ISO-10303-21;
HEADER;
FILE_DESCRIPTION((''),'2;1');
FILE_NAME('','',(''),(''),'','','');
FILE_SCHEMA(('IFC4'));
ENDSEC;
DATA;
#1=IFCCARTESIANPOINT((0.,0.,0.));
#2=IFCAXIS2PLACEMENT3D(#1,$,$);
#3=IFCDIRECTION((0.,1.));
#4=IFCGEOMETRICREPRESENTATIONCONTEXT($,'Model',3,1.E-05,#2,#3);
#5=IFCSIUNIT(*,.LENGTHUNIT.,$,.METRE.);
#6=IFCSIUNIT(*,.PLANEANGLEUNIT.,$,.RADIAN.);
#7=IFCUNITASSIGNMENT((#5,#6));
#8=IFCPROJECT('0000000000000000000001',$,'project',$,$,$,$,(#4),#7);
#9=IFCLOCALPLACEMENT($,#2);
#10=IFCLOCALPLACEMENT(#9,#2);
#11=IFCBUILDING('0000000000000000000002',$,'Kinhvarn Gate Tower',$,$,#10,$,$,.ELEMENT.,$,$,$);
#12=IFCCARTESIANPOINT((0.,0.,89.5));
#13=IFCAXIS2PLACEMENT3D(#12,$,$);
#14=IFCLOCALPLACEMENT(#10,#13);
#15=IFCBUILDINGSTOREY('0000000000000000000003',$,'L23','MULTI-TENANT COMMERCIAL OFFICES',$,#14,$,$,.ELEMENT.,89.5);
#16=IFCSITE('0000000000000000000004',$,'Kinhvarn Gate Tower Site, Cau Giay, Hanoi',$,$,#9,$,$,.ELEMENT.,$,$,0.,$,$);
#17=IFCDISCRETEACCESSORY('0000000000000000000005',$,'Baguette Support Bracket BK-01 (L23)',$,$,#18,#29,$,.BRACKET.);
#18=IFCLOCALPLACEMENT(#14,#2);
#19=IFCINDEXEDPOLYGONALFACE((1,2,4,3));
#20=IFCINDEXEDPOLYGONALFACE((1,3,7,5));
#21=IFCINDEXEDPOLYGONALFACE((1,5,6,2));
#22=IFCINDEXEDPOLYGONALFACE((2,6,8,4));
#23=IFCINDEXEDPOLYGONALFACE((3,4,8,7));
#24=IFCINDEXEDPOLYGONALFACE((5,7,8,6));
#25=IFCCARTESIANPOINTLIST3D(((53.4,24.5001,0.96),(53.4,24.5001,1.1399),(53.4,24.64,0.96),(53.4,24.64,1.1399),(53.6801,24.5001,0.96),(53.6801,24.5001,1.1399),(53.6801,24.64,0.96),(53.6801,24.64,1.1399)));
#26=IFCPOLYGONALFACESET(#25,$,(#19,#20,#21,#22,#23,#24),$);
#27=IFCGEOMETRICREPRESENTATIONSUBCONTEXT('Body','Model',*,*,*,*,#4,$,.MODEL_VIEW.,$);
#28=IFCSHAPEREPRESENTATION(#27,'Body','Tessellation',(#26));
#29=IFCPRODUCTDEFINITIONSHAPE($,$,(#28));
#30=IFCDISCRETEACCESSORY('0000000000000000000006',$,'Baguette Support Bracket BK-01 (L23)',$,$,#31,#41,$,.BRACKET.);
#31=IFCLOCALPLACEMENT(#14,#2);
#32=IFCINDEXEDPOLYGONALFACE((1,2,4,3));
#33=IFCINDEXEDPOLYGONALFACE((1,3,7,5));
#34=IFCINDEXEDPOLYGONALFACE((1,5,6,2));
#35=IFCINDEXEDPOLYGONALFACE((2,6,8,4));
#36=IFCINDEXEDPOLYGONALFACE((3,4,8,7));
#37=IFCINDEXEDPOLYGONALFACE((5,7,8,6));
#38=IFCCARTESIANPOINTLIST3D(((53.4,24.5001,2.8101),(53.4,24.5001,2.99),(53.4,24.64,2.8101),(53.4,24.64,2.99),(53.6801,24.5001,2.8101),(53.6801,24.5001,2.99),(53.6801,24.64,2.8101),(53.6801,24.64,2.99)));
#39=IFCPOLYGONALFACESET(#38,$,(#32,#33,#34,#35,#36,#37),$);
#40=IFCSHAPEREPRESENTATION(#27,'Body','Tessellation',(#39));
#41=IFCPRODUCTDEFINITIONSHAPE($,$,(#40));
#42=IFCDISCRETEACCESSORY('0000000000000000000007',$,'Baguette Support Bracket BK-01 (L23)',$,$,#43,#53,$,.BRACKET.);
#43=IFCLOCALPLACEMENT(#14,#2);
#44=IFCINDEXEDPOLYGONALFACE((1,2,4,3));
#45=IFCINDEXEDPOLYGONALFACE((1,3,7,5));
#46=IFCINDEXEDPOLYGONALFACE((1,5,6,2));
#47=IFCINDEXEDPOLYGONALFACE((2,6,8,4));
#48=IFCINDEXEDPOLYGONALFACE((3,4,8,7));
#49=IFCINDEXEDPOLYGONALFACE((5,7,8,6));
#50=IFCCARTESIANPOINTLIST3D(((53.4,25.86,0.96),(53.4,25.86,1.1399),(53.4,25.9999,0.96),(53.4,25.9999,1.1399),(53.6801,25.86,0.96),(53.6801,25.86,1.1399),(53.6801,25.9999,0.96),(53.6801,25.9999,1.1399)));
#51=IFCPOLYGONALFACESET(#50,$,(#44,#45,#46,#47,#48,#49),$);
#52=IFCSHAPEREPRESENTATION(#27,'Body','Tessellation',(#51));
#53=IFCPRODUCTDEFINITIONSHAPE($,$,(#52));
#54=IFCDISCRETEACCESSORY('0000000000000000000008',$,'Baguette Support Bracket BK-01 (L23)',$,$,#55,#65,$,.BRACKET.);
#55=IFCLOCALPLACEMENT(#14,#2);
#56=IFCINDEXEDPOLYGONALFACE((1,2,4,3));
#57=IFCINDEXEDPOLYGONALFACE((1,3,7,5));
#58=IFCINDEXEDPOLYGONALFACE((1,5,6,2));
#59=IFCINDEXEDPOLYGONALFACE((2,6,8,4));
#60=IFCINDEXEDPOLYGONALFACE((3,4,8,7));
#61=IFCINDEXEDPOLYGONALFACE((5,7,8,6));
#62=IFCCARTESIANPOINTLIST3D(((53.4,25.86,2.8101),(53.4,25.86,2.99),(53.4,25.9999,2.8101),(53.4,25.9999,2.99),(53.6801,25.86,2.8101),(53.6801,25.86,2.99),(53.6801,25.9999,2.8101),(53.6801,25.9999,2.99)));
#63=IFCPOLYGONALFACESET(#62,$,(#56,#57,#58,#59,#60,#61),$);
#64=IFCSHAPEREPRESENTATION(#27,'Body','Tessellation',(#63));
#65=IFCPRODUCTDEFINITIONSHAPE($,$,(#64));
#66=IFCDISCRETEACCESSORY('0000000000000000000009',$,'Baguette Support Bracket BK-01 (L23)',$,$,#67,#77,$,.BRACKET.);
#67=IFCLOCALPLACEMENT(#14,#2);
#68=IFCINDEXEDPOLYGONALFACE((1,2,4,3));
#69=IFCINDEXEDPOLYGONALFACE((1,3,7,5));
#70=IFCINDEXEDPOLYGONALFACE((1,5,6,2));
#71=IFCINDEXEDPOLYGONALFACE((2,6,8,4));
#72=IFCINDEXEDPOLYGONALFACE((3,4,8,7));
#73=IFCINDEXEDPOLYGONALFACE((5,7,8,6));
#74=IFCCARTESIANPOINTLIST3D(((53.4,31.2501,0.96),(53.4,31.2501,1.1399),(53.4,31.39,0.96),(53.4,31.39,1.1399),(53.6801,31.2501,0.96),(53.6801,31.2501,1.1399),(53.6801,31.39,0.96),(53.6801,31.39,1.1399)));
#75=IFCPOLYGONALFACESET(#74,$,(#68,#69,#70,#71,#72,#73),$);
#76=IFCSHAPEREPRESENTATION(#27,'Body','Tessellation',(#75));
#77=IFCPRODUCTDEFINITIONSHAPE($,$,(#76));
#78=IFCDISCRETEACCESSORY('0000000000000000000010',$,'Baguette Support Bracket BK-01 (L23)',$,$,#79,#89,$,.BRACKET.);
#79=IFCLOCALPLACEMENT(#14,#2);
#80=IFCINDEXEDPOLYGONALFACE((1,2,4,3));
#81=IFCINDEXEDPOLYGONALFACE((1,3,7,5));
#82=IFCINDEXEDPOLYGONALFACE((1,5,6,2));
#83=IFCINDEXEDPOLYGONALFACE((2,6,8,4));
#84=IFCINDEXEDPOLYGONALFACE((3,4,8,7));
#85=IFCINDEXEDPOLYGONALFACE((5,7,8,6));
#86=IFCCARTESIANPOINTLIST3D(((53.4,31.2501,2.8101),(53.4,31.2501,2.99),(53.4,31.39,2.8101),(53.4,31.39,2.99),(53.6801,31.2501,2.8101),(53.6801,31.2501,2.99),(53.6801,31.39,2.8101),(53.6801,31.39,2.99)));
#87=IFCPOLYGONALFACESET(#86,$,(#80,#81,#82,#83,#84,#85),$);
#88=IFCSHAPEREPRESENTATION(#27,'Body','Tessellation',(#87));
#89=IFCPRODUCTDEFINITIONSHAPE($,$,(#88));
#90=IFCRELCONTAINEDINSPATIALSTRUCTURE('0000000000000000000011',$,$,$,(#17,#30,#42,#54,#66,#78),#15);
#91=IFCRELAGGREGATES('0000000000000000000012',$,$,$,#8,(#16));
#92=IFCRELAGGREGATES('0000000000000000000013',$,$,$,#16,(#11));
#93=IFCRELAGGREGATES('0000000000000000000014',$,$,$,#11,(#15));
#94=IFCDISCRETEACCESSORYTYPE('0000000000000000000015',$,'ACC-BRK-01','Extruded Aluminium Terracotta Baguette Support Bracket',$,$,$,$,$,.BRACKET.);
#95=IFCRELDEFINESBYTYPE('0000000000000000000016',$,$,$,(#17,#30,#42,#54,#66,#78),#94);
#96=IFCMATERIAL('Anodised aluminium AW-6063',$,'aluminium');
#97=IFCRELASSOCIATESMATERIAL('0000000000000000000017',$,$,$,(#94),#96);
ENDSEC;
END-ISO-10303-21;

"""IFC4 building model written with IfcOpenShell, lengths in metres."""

from ifc_helpers import new_model, si_unit, direction, frame, origin, origin_2d, place, context, subcontext, project, spatial, rectangle, extrude, material, type_object, element, save


model = new_model("IFC4")

# Units and contexts
model_context = context("Model", 3, precision=1e-05, world=origin(), true_north=direction((0.0, 1.0)))
body_context = subcontext(model_context, "Body", "Model", "MODEL_VIEW")
ifc_project = project(units=[si_unit("LENGTHUNIT", "METRE"), si_unit("PLANEANGLEUNIT", "RADIAN")], contexts=[model_context])

# Site, building, storey
site_placement = place(None, origin())
site = spatial("IfcSite", under=ifc_project, at=site_placement, Name="Kinhvarn Gate Tower Site, Cau Giay, Hanoi", CompositionType="ELEMENT", RefElevation=0.0)
building_placement = place(site_placement, origin())
building = spatial("IfcBuilding", under=site, at=building_placement, Name="Kinhvarn Gate Tower", CompositionType="ELEMENT")
storey_placement = place(building_placement, frame((0.0, 0.0, 89.5)))
storey = spatial("IfcBuildingStorey", under=building, at=storey_placement, Name="L23", Description="MULTI-TENANT COMMERCIAL OFFICES", CompositionType="ELEMENT", Elevation=89.5)

# Shared definitions
ifc_material_1 = material(Name="Anodised aluminium AW-6063", Category="aluminium")

# Discrete accessories
discrete_accessory_type = type_object("IfcDiscreteAccessoryType", Name="ACC-BRK-01", Description="Extruded Aluminium Terracotta Baguette Support Bracket", PredefinedType="BRACKET", material=ifc_material_1)
for number, where, z_axis, x_axis, name in (
    (1, (53.54, 24.5701, 0.96), (0.0, 0.0, 1.0), (0.0, 1.0, 0.0), "Baguette Support Bracket BK-01 (L23)"),
    (2, (53.54, 24.5701, 2.8101), (0.0, 0.0, 1.0), (0.0, 1.0, 0.0), "Baguette Support Bracket BK-01 (L23)"),
    (3, (53.54, 25.9299, 0.96), (0.0, 0.0, 1.0), (0.0, 1.0, 0.0), "Baguette Support Bracket BK-01 (L23)"),
    (4, (53.54, 25.9299, 2.8101), (0.0, 0.0, 1.0), (0.0, 1.0, 0.0), "Baguette Support Bracket BK-01 (L23)"),
    (5, (53.54, 31.3201, 0.96), (0.0, 0.0, 1.0), (0.0, 1.0, 0.0), "Baguette Support Bracket BK-01 (L23)"),
    (6, (53.54, 31.3201, 2.8101), (0.0, 0.0, 1.0), (0.0, 1.0, 0.0), "Baguette Support Bracket BK-01 (L23)"),
):
    element("IfcDiscreteAccessory", number, at=place(storey_placement, frame(where, z_axis=z_axis, x_axis=x_axis)), inside=storey, type_object=discrete_accessory_type, Name=name, PredefinedType="BRACKET", context=body_context, shape_type="SweptSolid", body=[
        extrude(rectangle(XDim=0.1399, YDim=0.28, at=origin_2d()), origin(), (0.0, 0.0, 1.0), 0.1799),
    ])

save(model, "model.ifc")
